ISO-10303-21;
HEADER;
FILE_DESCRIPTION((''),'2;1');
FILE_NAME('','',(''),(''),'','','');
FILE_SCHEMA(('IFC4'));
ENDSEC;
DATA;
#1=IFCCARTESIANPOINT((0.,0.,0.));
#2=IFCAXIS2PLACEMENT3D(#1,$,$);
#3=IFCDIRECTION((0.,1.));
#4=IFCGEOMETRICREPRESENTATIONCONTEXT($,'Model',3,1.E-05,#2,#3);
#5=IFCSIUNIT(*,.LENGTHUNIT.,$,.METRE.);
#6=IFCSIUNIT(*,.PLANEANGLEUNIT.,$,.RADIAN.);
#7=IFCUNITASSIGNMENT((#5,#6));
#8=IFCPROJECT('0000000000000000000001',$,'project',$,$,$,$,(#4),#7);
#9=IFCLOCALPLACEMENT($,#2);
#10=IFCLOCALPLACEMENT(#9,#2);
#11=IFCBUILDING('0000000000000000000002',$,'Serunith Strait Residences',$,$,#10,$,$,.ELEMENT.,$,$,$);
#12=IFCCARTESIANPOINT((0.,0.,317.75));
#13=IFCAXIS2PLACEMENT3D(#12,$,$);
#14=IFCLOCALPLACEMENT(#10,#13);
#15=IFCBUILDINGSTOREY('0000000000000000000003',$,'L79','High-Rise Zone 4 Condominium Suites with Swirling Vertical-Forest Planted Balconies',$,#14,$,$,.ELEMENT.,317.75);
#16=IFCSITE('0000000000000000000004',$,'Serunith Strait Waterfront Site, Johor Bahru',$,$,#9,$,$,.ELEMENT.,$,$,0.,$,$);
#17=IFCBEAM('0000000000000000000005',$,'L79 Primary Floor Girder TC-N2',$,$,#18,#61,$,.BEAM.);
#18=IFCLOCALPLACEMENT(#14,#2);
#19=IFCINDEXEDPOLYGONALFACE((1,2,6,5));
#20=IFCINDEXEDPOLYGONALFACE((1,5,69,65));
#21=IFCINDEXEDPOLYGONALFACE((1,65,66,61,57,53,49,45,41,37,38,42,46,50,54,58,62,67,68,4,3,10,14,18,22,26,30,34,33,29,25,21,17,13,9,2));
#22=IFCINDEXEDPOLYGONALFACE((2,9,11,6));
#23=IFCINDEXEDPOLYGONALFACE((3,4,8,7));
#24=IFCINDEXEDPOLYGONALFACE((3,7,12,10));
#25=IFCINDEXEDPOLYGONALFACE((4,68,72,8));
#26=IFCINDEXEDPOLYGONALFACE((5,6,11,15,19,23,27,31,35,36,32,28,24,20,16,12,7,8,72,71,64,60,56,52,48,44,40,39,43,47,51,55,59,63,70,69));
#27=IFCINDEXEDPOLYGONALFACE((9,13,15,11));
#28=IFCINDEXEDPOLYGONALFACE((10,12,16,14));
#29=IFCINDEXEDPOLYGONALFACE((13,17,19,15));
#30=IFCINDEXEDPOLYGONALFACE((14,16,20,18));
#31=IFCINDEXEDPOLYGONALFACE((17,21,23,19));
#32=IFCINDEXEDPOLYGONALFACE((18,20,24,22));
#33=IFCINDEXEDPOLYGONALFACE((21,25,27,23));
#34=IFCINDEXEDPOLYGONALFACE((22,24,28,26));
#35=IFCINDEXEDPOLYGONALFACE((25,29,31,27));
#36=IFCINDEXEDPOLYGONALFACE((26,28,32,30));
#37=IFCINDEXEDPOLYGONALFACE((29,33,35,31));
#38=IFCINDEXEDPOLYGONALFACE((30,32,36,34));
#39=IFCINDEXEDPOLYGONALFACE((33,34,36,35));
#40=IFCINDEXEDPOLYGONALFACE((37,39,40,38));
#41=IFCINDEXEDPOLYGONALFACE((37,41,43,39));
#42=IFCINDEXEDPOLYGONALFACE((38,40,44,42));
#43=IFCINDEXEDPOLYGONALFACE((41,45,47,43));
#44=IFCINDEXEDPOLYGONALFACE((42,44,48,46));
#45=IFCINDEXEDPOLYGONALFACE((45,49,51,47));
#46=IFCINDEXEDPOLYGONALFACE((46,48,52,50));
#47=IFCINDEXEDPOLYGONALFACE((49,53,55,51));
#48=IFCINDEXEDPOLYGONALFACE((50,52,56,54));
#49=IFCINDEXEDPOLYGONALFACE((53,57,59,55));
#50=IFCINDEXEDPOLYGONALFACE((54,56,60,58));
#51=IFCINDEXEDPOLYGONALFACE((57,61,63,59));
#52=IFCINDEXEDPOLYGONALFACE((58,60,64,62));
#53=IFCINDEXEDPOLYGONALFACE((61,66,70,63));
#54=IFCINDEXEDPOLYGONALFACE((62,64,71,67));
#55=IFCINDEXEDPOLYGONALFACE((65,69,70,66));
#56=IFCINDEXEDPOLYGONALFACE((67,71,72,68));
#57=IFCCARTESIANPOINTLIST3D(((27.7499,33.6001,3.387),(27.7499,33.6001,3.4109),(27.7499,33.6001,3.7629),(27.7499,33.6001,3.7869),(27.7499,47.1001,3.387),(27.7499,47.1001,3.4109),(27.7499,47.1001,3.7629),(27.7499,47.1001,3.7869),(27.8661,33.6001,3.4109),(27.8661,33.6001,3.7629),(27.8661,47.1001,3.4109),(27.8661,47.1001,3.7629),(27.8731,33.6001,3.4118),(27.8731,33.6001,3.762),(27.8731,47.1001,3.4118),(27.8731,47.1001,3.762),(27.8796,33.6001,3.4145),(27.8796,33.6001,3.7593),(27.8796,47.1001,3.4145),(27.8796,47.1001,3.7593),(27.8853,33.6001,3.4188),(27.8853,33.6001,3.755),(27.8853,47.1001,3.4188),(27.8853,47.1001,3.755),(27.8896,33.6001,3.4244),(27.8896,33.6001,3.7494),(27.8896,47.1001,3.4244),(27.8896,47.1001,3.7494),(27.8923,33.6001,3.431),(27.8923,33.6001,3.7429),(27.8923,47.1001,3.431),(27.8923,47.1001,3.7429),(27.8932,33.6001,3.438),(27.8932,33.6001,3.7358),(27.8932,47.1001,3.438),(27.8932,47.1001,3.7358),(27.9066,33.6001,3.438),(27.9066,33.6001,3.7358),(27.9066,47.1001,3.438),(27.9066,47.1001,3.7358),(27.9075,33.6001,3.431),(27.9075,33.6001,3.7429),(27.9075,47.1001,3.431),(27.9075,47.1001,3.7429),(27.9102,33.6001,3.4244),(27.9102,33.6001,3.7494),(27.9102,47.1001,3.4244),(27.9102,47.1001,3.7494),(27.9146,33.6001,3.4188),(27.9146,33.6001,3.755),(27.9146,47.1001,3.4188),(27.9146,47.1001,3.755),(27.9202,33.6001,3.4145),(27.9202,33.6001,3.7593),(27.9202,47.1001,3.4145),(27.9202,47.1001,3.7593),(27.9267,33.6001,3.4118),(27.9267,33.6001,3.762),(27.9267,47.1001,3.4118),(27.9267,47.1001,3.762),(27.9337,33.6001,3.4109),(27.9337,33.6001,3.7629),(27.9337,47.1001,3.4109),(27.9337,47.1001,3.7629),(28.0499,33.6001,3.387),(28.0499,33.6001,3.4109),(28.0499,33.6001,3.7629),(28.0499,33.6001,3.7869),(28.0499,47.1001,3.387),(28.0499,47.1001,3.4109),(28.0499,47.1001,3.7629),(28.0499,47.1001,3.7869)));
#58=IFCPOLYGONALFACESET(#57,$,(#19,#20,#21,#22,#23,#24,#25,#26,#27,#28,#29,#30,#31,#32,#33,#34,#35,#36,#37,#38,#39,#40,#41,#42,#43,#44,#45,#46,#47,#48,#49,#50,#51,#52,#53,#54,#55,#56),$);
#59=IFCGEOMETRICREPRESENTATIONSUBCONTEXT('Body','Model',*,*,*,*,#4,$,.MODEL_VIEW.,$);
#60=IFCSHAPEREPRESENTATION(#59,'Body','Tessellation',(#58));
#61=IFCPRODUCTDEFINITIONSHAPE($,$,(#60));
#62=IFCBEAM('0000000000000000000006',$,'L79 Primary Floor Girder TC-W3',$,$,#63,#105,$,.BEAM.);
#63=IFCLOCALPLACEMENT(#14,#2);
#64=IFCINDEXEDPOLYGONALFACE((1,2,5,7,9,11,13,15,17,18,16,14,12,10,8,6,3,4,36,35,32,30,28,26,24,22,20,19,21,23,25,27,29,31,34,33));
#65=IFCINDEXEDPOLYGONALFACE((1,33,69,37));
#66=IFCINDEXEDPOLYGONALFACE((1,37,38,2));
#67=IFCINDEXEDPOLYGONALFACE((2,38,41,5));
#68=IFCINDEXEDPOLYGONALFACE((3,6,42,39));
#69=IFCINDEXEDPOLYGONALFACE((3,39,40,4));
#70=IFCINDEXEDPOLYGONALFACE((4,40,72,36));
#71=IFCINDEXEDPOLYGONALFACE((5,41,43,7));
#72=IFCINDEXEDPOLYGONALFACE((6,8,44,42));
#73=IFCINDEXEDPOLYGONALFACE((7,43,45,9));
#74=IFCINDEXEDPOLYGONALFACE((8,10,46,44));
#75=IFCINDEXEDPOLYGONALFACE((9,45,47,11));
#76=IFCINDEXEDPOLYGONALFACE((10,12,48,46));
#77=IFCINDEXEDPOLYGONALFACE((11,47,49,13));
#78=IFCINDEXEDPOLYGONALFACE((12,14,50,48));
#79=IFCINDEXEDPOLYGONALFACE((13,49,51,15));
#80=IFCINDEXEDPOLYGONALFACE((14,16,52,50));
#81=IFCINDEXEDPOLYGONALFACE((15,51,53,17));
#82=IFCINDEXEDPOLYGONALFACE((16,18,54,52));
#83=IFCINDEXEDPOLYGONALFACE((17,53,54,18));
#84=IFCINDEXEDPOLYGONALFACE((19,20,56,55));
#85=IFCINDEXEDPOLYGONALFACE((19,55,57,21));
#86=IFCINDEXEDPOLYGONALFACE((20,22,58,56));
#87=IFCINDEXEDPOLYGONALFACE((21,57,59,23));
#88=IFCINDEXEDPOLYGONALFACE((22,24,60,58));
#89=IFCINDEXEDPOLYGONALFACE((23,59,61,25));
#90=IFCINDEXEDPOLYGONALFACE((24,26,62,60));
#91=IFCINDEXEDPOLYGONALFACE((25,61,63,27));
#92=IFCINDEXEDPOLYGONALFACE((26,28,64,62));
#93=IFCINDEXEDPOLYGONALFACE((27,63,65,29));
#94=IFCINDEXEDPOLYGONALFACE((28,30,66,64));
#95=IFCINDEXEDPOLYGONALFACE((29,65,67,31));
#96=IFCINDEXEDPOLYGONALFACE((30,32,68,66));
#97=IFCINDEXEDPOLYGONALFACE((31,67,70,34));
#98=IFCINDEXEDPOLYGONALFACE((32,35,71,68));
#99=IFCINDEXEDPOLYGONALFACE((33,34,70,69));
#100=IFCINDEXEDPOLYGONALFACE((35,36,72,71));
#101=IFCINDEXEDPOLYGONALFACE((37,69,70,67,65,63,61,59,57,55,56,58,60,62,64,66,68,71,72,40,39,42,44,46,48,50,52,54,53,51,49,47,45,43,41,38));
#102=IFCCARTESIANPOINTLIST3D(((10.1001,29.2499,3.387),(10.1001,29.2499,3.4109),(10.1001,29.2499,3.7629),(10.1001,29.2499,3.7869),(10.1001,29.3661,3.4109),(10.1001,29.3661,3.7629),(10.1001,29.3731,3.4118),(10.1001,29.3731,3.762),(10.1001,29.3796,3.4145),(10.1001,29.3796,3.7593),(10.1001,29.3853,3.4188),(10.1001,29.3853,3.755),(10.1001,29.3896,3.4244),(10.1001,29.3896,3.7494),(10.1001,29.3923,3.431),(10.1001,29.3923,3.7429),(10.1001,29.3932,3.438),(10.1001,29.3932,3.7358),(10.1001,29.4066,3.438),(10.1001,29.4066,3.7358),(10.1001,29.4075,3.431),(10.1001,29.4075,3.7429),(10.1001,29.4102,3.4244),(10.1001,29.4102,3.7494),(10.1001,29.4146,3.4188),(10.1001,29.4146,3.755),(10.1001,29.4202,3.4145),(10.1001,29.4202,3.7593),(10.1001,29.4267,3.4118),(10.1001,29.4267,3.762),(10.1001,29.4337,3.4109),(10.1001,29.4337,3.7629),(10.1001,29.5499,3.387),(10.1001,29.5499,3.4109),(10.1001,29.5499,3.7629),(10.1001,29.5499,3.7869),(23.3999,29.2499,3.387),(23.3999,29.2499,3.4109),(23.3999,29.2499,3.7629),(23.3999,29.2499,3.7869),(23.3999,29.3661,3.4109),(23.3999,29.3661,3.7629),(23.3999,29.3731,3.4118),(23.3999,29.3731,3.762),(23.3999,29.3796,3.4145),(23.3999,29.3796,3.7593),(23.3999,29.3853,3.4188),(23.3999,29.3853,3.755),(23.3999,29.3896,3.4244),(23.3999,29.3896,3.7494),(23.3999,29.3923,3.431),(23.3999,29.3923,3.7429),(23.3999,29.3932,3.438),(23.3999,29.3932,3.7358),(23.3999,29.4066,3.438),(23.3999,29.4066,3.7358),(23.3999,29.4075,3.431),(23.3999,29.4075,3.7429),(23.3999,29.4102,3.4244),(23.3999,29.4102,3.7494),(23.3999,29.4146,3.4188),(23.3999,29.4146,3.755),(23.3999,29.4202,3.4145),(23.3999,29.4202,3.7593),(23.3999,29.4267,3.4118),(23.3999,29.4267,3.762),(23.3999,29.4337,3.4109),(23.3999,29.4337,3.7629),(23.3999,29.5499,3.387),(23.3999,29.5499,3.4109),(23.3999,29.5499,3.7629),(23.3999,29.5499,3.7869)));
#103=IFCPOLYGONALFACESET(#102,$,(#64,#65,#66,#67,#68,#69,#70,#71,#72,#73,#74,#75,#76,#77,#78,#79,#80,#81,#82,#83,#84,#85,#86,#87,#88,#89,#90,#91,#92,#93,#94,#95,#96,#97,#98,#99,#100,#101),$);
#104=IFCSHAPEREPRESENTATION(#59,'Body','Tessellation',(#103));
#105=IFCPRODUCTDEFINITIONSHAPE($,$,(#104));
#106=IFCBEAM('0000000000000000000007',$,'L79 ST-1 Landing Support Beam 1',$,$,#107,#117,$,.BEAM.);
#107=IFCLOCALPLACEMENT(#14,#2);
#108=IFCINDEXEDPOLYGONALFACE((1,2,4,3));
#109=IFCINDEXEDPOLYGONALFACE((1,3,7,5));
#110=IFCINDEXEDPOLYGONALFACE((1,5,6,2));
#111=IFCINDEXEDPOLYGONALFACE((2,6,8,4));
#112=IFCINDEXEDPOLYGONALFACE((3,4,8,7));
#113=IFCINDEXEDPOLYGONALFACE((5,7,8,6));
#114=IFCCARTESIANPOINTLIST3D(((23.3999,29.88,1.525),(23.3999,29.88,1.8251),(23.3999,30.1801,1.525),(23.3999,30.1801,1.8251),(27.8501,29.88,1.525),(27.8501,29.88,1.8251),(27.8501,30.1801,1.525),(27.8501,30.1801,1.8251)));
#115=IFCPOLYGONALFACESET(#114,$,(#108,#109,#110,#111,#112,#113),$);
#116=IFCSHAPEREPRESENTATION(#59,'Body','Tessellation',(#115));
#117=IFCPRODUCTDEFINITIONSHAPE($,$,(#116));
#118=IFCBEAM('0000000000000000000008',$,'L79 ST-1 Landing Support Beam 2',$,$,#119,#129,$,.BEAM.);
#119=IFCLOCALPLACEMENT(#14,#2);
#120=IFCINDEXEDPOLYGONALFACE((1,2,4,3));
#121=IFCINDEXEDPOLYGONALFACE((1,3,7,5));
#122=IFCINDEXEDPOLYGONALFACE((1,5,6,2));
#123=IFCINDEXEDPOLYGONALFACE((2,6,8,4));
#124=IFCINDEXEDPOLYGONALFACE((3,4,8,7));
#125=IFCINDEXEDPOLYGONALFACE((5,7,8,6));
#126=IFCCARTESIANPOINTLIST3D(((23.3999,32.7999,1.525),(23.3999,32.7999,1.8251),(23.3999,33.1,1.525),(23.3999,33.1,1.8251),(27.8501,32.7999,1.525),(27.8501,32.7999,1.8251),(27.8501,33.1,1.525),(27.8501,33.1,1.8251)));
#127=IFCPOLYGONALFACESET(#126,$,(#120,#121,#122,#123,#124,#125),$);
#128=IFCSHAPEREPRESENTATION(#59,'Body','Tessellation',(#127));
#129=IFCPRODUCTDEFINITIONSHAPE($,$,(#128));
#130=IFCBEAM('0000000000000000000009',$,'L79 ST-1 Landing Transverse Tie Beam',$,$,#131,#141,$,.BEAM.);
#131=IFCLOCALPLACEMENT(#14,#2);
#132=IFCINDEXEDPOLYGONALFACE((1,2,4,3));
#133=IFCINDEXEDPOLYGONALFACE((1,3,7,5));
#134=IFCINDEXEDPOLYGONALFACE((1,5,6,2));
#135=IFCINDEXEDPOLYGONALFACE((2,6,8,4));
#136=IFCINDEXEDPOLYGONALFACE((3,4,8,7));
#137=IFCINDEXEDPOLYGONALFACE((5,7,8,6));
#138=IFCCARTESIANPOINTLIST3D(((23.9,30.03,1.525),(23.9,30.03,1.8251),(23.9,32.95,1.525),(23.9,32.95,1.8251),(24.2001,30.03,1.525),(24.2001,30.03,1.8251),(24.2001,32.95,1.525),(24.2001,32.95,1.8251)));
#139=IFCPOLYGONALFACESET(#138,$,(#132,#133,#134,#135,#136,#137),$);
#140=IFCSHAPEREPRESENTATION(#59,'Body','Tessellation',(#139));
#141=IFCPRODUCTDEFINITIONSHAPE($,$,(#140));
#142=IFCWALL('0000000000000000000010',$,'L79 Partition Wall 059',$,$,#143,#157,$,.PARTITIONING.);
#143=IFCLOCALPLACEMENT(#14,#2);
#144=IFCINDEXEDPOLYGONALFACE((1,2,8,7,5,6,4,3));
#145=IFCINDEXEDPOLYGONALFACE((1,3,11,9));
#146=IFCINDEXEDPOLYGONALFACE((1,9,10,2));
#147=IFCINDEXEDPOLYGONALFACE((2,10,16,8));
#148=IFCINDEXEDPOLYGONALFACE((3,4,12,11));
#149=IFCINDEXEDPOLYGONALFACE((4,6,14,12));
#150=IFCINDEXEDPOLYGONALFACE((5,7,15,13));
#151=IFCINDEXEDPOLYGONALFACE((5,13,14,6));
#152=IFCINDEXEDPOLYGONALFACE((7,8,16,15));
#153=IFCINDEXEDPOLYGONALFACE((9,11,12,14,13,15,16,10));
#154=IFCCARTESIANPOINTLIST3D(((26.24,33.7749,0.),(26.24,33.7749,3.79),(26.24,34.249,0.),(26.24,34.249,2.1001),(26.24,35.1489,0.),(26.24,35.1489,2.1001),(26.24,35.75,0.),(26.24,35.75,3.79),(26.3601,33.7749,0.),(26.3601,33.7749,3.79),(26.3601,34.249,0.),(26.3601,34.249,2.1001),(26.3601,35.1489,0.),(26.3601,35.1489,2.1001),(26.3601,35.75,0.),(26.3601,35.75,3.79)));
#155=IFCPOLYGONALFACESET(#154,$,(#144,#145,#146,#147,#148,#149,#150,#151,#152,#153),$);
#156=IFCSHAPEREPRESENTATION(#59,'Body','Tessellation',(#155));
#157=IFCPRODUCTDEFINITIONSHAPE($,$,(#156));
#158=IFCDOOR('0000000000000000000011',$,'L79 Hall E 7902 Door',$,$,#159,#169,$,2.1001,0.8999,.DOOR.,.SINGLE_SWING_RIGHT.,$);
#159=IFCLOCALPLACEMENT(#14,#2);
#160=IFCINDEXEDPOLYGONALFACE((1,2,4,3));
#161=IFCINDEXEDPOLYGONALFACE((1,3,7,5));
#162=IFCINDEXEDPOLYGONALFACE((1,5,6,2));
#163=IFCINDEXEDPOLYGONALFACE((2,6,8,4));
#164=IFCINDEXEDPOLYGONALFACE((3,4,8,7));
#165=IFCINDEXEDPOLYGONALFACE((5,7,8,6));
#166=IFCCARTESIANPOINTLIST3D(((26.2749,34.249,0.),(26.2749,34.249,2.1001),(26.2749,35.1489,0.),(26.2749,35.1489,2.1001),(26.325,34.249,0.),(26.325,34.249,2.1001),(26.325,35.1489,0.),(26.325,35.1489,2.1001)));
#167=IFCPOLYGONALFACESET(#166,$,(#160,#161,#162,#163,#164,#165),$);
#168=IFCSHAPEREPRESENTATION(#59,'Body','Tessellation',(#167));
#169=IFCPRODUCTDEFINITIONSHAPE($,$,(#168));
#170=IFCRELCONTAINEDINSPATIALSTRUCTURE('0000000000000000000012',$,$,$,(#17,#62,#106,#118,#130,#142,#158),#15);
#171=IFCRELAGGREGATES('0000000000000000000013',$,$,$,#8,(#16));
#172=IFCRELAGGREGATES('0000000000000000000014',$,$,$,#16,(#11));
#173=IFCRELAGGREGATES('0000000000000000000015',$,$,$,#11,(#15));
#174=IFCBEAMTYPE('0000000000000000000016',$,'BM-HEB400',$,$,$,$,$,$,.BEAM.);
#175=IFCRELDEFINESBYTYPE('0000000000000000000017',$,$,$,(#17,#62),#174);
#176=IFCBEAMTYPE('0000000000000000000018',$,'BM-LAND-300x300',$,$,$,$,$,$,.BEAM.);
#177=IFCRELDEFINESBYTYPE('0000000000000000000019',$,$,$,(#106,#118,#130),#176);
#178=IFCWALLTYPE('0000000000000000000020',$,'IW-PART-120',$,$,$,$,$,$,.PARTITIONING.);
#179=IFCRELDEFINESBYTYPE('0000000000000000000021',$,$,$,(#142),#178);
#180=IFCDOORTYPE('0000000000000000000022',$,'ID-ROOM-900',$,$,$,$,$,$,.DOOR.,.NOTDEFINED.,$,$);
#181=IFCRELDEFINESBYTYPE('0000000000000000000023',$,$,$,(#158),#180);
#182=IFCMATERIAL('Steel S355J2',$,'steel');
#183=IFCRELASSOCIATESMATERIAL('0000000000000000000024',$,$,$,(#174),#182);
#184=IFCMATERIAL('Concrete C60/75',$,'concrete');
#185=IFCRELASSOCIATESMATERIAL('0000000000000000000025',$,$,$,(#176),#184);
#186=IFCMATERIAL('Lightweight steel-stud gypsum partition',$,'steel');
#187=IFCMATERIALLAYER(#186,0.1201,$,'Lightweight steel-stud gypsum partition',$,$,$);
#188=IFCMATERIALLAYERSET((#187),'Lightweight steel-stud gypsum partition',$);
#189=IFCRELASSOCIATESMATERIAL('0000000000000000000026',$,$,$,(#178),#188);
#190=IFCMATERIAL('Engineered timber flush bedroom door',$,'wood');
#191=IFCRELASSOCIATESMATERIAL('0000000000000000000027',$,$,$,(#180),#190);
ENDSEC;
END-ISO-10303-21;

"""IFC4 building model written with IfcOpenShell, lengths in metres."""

from ifc_helpers import new_model, si_unit, direction, frame, frame_2d, origin, origin_2d, place, context, subcontext, project, spatial, rectangle, i_section, extrude, source, transform, mapped, material, layer, layer_set, material_profile, profile_set, type_object, element, fill, save


model = new_model("IFC4")

# Units and contexts
model_context = context("Model", 3, precision=1e-05, world=origin(), true_north=direction((0.0, 1.0)))
body_context = subcontext(model_context, "Body", "Model", "MODEL_VIEW")
ifc_project = project(units=[si_unit("LENGTHUNIT", "METRE"), si_unit("PLANEANGLEUNIT", "RADIAN")], contexts=[model_context])

# Site, building, storey
site_placement = place(None, origin())
site = spatial("IfcSite", under=ifc_project, at=site_placement, Name="Serunith Strait Waterfront Site, Johor Bahru", CompositionType="ELEMENT", RefElevation=0.0)
building_placement = place(site_placement, origin())
building = spatial("IfcBuilding", under=site, at=building_placement, Name="Serunith Strait Residences", CompositionType="ELEMENT")
storey_placement = place(building_placement, frame((0.0, 0.0, 317.75)))
storey = spatial("IfcBuildingStorey", under=building, at=storey_placement, Name="L79", Description="High-Rise Zone 4 Condominium Suites with Swirling Vertical-Forest Planted Balconies", CompositionType="ELEMENT", Elevation=317.75)

# Beams
ifc_material_1 = material(Name="Steel S355J2", Category="steel")
ifc_material_profile_1 = material_profile(ifc_material_1, i_section(OverallWidth=0.3, OverallDepth=0.3999, WebThickness=0.0134, FlangeThickness=0.0239, FilletRadius=0.0271, at=origin_2d()), Name="HEB 400")
ifc_profile_set_1 = profile_set([ifc_material_profile_1], Name="Steel S355J2")
beam_type_1 = type_object("IfcBeamType", Name="BM-HEB400", PredefinedType="BEAM", material=ifc_profile_set_1)
shared_shape_1 = source(origin(), body_context, "Body", "SweptSolid", [
    extrude(i_section(OverallWidth=0.3, OverallDepth=0.3999, WebThickness=0.0134, FlangeThickness=0.0239, FilletRadius=0.0271, at=origin_2d()), origin(), (0.0, 0.0, 1.0), 13.5),
])
beam_1_placement = place(storey_placement, frame((27.8999, 33.6001, 3.5869), z_axis=(0.0, 1.0, 0.0), x_axis=(-1.0, 0.0, 0.0)))
element("IfcBeam", 1, at=beam_1_placement, inside=storey, type_object=beam_type_1, Name="L79 Primary Floor Girder TC-N2", PredefinedType="BEAM", context=body_context, shape_type="MappedRepresentation", body=[
    mapped(shared_shape_1, transform((0.0, 0.0, 0.0), scale=1.0)),
])
shared_shape_2 = source(origin(), body_context, "Body", "SweptSolid", [
    extrude(i_section(OverallWidth=0.3, OverallDepth=0.3999, WebThickness=0.0134, FlangeThickness=0.0239, FilletRadius=0.0271, at=origin_2d()), origin(), (0.0, 0.0, 1.0), 13.2998),
])
beam_2_placement = place(storey_placement, frame((23.3999, 29.3999, 3.5869), z_axis=(-1.0, 0.0, 0.0), x_axis=(0.0, -1.0, 0.0)))
element("IfcBeam", 2, at=beam_2_placement, inside=storey, type_object=beam_type_1, Name="L79 Primary Floor Girder TC-W3", PredefinedType="BEAM", context=body_context, shape_type="MappedRepresentation", body=[
    mapped(shared_shape_2, transform((0.0, 0.0, 0.0), scale=1.0)),
])
ifc_material_2 = material(Name="Concrete C60/75", Category="concrete")
ifc_material_profile_2 = material_profile(ifc_material_2, rectangle(XDim=0.3, YDim=0.3, at=origin_2d()), Name="RC 300x300")
ifc_profile_set_2 = profile_set([ifc_material_profile_2], Name="Concrete C60/75")
beam_type_2 = type_object("IfcBeamType", Name="BM-LAND-300x300", PredefinedType="BEAM", material=ifc_profile_set_2)
shared_shape_3 = source(origin(), body_context, "Body", "SweptSolid", [
    extrude(rectangle(XDim=0.3, YDim=0.3, at=origin_2d()), origin(), (0.0, 0.0, 1.0), 4.4502),
])
for number, where, z_axis, x_axis, name in (
    (3, (23.3999, 30.03, 1.675), (1.0, 0.0, 0.0), (0.0, 1.0, 0.0), "L79 ST-1 Landing Support Beam 1"),
    (4, (23.3999, 32.95, 1.675), (1.0, 0.0, 0.0), (0.0, 1.0, 0.0), "L79 ST-1 Landing Support Beam 2"),
):
    element("IfcBeam", number, at=place(storey_placement, frame(where, z_axis=z_axis, x_axis=x_axis)), inside=storey, type_object=beam_type_2, Name=name, PredefinedType="BEAM", context=body_context, shape_type="MappedRepresentation", body=[
        mapped(shared_shape_3, transform((0.0, 0.0, 0.0), scale=1.0)),
    ])
shared_shape_4 = source(origin(), body_context, "Body", "SweptSolid", [
    extrude(rectangle(XDim=0.3, YDim=0.3, at=origin_2d()), origin(), (0.0, 0.0, 1.0), 2.9199),
])
beam_3_placement = place(storey_placement, frame((24.05, 30.03, 1.675), z_axis=(0.0, 1.0, 0.0), x_axis=(-1.0, 0.0, 0.0)))
element("IfcBeam", 5, at=beam_3_placement, inside=storey, type_object=beam_type_2, Name="L79 ST-1 Landing Transverse Tie Beam", PredefinedType="BEAM", context=body_context, shape_type="MappedRepresentation", body=[
    mapped(shared_shape_4, transform((0.0, 0.0, 0.0), scale=1.0)),
])

# Wall, opening, door
ifc_material_3 = material(Name="Lightweight steel-stud gypsum partition", Category="steel")
ifc_layer_1 = layer(ifc_material_3, 0.1201, Name="Lightweight steel-stud gypsum partition")
ifc_layer_set_1 = layer_set([ifc_layer_1], Name="Lightweight steel-stud gypsum partition")
wall_type_1 = type_object("IfcWallType", Name="IW-PART-120", PredefinedType="PARTITIONING", material=ifc_layer_set_1)
wall_1_placement = place(storey_placement, frame((26.3, 35.75, 0.0), z_axis=(0.0, 0.0, 1.0), x_axis=(0.0, -1.0, 0.0)))
wall_1 = element("IfcWall", 6, at=wall_1_placement, inside=storey, type_object=wall_type_1, Name="L79 Partition Wall 059", PredefinedType="PARTITIONING", context=body_context, shape_type="SweptSolid", body=[
    extrude(rectangle(XDim=1.9751, YDim=0.1201, at=frame_2d((0.9875, 0.0))), origin(), (0.0, 0.0, 1.0), 3.79),
])
opening_1_placement = place(wall_1_placement, frame((0.6011, 0.0, 0.0)))
opening_1 = element("IfcOpeningElement", 7, at=opening_1_placement, cuts=wall_1, PredefinedType="OPENING", context=body_context, shape_type="SweptSolid", body=[
    extrude(rectangle(XDim=0.8999, YDim=2.1001, at=frame_2d((0.45, 1.05))), frame((0.0, 0.0701, 0.0), z_axis=(0.0, -1.0, 0.0), x_axis=(1.0, 0.0, 0.0)), (0.0, 0.0, 1.0), 0.1401),
])
ifc_material_4 = material(Name="Engineered timber flush bedroom door", Category="wood")
door_type_1 = type_object("IfcDoorType", Name="ID-ROOM-900", OperationType="NOTDEFINED", PredefinedType="DOOR", material=ifc_material_4)
shared_shape_5 = source(origin(), body_context, "Body", "SweptSolid", [
    extrude(rectangle(XDim=0.8999, YDim=2.1001, at=frame_2d((0.45, 1.05))), frame((0.0, 0.0249, 0.0), z_axis=(0.0, -1.0, 0.0), x_axis=(1.0, 0.0, 0.0)), (0.0, 0.0, 1.0), 0.05),
])
door_1_placement = place(opening_1_placement, origin())
door_1 = element("IfcDoor", 8, at=door_1_placement, inside=storey, type_object=door_type_1, Name="L79 Hall E 7902 Door", OperationType="SINGLE_SWING_RIGHT", OverallHeight=2.1001, OverallWidth=0.8999, PredefinedType="DOOR", context=body_context, shape_type="MappedRepresentation", body=[
    mapped(shared_shape_5, transform((0.0, 0.0, 0.0), scale=1.0)),
])
fill(opening_1, door_1)

save(model, "model.ifc")
